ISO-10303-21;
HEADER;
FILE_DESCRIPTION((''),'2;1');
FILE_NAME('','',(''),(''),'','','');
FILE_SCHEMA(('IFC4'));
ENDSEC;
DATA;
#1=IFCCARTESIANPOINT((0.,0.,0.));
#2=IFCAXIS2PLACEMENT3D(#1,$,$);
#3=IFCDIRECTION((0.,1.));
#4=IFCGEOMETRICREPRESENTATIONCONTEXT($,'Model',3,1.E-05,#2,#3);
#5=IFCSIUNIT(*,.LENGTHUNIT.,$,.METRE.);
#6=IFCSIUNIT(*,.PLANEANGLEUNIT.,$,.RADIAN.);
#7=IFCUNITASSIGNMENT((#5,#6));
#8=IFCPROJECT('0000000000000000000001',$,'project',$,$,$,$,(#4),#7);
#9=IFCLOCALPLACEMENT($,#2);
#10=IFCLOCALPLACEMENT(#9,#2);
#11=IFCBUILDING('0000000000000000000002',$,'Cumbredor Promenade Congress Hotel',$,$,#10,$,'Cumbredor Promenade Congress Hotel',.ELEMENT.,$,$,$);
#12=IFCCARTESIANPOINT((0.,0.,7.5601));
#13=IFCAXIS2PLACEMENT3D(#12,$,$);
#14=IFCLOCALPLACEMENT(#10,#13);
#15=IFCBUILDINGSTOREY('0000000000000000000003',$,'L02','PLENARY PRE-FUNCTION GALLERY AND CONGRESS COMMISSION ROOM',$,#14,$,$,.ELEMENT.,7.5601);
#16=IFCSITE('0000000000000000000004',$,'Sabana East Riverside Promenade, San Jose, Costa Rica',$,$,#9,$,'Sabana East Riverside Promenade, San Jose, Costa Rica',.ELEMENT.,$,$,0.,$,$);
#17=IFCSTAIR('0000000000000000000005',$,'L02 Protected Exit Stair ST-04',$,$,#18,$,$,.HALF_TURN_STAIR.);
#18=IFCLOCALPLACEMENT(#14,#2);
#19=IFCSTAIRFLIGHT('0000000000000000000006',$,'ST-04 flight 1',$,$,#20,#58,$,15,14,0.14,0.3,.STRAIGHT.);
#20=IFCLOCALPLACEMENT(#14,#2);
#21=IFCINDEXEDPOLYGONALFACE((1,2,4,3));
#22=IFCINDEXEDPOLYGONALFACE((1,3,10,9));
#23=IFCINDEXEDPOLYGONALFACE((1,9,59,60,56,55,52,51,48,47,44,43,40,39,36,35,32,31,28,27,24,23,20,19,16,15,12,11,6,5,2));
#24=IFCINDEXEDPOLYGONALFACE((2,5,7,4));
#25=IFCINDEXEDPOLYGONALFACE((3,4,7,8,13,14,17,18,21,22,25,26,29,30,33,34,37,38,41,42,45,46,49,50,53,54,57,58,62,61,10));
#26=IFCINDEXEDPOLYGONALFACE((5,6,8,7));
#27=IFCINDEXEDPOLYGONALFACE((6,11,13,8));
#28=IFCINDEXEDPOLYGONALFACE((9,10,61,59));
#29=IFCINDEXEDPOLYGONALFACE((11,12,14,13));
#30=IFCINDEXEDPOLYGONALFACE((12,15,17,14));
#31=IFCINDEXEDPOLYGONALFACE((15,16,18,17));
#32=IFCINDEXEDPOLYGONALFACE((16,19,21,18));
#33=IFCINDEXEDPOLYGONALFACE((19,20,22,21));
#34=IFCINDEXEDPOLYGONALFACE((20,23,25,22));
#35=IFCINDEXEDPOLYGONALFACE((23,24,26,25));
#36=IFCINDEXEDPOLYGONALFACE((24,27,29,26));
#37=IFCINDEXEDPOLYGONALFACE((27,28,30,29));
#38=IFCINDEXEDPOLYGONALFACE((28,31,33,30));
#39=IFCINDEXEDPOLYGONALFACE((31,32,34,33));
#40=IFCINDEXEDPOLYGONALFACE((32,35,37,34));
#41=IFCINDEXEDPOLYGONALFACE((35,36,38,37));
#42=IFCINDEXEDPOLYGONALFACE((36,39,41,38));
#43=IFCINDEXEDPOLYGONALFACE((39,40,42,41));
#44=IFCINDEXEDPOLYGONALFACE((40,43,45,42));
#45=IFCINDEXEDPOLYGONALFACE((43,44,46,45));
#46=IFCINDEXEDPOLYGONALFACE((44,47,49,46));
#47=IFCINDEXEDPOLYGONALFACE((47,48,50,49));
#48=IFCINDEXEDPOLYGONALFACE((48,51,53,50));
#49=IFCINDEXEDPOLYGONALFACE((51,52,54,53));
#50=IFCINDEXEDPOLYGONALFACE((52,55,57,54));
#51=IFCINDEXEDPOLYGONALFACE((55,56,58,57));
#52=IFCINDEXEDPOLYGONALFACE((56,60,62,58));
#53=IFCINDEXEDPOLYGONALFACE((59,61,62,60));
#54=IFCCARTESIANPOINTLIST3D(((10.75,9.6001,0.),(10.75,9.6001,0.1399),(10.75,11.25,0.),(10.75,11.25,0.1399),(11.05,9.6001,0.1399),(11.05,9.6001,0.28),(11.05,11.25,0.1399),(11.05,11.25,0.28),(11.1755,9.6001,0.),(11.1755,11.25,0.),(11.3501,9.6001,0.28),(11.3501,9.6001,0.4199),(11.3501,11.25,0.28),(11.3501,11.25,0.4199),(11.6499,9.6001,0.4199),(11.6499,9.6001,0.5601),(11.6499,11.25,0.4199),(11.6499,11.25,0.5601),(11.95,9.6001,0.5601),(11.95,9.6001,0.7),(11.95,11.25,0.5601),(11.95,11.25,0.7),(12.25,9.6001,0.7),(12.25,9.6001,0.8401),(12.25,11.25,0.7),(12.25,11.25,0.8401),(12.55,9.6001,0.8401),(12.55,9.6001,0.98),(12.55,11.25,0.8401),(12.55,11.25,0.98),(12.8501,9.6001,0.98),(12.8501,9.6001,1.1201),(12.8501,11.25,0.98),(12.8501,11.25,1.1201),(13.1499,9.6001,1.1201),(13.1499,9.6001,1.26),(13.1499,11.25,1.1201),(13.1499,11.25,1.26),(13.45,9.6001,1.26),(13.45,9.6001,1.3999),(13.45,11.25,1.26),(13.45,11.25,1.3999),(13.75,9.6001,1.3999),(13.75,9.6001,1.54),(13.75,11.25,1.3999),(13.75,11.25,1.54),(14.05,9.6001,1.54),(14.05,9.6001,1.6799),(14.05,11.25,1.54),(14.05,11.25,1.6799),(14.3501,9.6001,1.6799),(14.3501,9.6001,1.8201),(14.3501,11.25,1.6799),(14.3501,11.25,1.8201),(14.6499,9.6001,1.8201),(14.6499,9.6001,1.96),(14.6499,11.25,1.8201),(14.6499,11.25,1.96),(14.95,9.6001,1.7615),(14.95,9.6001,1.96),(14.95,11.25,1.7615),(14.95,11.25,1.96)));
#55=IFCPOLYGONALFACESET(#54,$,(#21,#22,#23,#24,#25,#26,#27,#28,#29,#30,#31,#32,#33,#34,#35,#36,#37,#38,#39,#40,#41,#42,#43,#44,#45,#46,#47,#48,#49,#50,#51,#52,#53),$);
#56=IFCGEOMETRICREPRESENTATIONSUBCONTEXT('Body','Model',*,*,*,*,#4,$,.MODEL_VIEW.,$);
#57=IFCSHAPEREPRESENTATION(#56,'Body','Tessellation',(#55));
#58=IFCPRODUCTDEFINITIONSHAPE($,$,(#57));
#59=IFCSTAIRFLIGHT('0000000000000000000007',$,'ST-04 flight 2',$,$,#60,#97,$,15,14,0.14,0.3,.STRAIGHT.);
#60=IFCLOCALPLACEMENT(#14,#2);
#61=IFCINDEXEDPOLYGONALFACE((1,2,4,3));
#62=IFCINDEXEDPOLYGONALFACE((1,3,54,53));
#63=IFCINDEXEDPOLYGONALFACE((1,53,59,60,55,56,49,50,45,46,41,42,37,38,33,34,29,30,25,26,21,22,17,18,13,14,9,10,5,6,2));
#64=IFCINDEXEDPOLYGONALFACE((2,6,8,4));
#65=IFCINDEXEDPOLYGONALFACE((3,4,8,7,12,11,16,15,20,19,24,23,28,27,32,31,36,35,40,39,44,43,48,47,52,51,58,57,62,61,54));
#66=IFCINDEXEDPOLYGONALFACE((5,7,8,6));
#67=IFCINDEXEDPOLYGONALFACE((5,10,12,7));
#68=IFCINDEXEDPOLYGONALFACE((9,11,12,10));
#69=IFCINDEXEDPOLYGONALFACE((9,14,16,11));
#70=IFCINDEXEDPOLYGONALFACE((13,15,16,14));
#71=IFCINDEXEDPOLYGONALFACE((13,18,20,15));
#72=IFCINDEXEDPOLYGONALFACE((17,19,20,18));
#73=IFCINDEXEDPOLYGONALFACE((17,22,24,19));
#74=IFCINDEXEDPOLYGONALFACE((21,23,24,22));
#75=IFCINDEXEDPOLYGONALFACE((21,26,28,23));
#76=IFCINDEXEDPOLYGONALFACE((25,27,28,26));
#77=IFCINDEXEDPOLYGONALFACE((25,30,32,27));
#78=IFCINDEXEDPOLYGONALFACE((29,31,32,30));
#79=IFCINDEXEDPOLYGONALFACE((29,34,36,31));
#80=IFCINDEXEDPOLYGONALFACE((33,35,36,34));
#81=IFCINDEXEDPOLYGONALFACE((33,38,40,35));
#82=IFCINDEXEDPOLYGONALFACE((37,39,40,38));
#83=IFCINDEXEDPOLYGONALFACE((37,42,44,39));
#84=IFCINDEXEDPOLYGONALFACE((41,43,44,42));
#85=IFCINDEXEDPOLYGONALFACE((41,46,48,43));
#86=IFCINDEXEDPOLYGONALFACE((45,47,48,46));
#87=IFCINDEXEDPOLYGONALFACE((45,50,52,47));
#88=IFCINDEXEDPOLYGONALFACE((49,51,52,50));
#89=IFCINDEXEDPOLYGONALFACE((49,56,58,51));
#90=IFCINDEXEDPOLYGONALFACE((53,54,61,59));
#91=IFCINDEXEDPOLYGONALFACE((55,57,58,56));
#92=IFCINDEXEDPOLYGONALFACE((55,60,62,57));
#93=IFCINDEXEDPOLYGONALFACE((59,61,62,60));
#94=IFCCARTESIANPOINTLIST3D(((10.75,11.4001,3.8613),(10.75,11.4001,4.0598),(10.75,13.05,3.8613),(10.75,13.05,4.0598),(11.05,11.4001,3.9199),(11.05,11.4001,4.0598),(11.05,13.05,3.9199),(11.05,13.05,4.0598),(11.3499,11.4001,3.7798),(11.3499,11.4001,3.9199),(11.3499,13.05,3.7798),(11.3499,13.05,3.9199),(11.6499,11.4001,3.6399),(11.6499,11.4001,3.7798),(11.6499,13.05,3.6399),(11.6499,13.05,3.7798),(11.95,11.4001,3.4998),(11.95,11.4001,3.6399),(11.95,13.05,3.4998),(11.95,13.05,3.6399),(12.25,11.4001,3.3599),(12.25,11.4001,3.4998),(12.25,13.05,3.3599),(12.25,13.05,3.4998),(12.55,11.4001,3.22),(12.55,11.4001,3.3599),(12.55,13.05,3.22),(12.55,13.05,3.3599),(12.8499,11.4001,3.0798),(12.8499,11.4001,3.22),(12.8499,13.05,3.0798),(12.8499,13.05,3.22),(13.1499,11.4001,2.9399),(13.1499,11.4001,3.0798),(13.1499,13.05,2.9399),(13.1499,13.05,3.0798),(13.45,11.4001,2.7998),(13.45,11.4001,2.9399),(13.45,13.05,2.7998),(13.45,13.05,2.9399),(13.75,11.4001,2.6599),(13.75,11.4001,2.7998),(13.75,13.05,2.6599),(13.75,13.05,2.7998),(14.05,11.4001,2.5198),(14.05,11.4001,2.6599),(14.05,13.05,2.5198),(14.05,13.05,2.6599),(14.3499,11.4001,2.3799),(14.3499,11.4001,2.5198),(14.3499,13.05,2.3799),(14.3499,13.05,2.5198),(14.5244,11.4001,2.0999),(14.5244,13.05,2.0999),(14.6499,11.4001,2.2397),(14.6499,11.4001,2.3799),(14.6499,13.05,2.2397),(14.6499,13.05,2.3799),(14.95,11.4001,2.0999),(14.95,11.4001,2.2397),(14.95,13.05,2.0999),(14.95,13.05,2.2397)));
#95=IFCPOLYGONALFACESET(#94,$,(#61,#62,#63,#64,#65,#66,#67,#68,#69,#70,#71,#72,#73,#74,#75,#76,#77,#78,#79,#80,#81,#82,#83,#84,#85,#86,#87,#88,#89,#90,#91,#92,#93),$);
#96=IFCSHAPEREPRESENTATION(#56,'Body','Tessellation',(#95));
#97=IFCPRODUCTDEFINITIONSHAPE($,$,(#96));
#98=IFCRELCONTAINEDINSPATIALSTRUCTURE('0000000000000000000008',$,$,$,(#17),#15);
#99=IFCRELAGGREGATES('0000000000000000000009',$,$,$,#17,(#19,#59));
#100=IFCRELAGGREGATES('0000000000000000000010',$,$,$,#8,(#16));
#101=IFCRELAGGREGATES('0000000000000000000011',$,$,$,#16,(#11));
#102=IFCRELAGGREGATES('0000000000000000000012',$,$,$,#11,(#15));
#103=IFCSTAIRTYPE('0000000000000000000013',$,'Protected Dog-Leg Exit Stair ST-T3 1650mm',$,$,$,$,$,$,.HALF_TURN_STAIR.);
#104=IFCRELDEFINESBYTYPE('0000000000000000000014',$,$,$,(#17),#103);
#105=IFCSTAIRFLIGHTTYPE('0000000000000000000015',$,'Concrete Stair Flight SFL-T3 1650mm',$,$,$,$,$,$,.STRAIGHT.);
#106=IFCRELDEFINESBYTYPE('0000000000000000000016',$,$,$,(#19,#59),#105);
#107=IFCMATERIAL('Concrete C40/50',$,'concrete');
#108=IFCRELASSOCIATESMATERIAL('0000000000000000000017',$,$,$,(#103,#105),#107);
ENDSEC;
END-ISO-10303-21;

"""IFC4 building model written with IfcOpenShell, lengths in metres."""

from ifc_helpers import new_model, si_unit, direction, frame, origin, place, context, subcontext, project, spatial, polyline, outline, extrude, material, type_object, element, aggregate, save


model = new_model("IFC4")

# Units and contexts
model_context = context("Model", 3, precision=1e-05, world=origin(), true_north=direction((0.0, 1.0)))
body_context = subcontext(model_context, "Body", "Model", "MODEL_VIEW")
ifc_project = project(units=[si_unit("LENGTHUNIT", "METRE"), si_unit("PLANEANGLEUNIT", "RADIAN")], contexts=[model_context])

# Site, building, storey
site_placement = place(None, origin())
site = spatial("IfcSite", under=ifc_project, at=site_placement, Name="Sabana East Riverside Promenade, San Jose, Costa Rica", LongName="Sabana East Riverside Promenade, San Jose, Costa Rica", CompositionType="ELEMENT", RefElevation=0.0)
building_placement = place(site_placement, origin())
building = spatial("IfcBuilding", under=site, at=building_placement, Name="Cumbredor Promenade Congress Hotel", LongName="Cumbredor Promenade Congress Hotel", CompositionType="ELEMENT")
storey_placement = place(building_placement, frame((0.0, 0.0, 7.5601)))
storey = spatial("IfcBuildingStorey", under=building, at=storey_placement, Name="L02", Description="PLENARY PRE-FUNCTION GALLERY AND CONGRESS COMMISSION ROOM", CompositionType="ELEMENT", Elevation=7.5601)

# Shared definitions
ifc_material_1 = material(Name="Concrete C40/50", Category="concrete")

# Stair, stair flights
stair_type = type_object("IfcStairType", Name="Protected Dog-Leg Exit Stair ST-T3 1650mm", PredefinedType="HALF_TURN_STAIR", material=ifc_material_1)
stair_placement = place(storey_placement, origin())
stair = element("IfcStair", 1, at=stair_placement, inside=storey, type_object=stair_type, Name="L02 Protected Exit Stair ST-04", PredefinedType="HALF_TURN_STAIR")
stair_flight_type = type_object("IfcStairFlightType", Name="Concrete Stair Flight SFL-T3 1650mm", PredefinedType="STRAIGHT", material=ifc_material_1)
stair_flight_1_placement = place(storey_placement, frame((10.75, 10.425, 0.0), z_axis=(0.0, 0.0, 1.0), x_axis=(1.0, 0.0, 0.0)))
stair_flight_1 = element("IfcStairFlight", 2, at=stair_flight_1_placement, type_object=stair_flight_type, Name="ST-04 flight 1", NumberOfRisers=15, NumberOfTreads=14, PredefinedType="STRAIGHT", RiserHeight=0.14, TreadLength=0.3, context=body_context, shape_type="SweptSolid", body=[
    extrude(outline(polyline([(0.0, 0.0), (0.0, 0.1399), (0.3, 0.1399), (0.3, 0.28), (0.6001, 0.28), (0.6001, 0.4199), (0.8999, 0.4199), (0.8999, 0.5601), (1.2, 0.5601), (1.2, 0.7), (1.5, 0.7), (1.5, 0.8401), (1.8, 0.8401), (1.8, 0.98), (2.1001, 0.98), (2.1001, 1.1201), (2.3999, 1.1201), (2.3999, 1.26), (2.7, 1.26), (2.7, 1.3999), (3.0, 1.3999), (3.0, 1.54), (3.3, 1.54), (3.3, 1.6799), (3.6001, 1.6799), (3.6001, 1.8201), (3.8999, 1.8201), (3.8999, 1.96), (4.2, 1.96), (4.2, 2.1001), (4.2, 1.7615), (0.4255, 0.0), (0.0, 0.0)])), frame((0.0, 0.825, 0.0), z_axis=(0.0, -1.0, 0.0), x_axis=(1.0, 0.0, 0.0)), (0.0, 0.0, 1.0), 1.6499),
])
stair_flight_2_placement = place(storey_placement, frame((14.95, 12.2251, 2.0999), z_axis=(0.0, 0.0, 1.0), x_axis=(-1.0, 0.0, 0.0)))
stair_flight_2 = element("IfcStairFlight", 3, at=stair_flight_2_placement, type_object=stair_flight_type, Name="ST-04 flight 2", NumberOfRisers=15, NumberOfTreads=14, PredefinedType="STRAIGHT", RiserHeight=0.14, TreadLength=0.3, context=body_context, shape_type="SweptSolid", body=[
    extrude(outline(polyline([(0.0, 0.0), (0.0, 0.1399), (0.3, 0.1399), (0.3, 0.28), (0.6001, 0.28), (0.6001, 0.4199), (0.8999, 0.4199), (0.8999, 0.5601), (1.2, 0.5601), (1.2, 0.7), (1.5, 0.7), (1.5, 0.8401), (1.8, 0.8401), (1.8, 0.98), (2.1001, 0.98), (2.1001, 1.1201), (2.3999, 1.1201), (2.3999, 1.26), (2.7, 1.26), (2.7, 1.3999), (3.0, 1.3999), (3.0, 1.54), (3.3, 1.54), (3.3, 1.6799), (3.6001, 1.6799), (3.6001, 1.8201), (3.8999, 1.8201), (3.8999, 1.96), (4.2, 1.96), (4.2, 2.1001), (4.2, 1.7615), (0.4255, 0.0), (0.0, 0.0)])), frame((0.0, 0.825, 0.0), z_axis=(0.0, -1.0, 0.0), x_axis=(1.0, 0.0, 0.0)), (0.0, 0.0, 1.0), 1.6499),
])
aggregate(stair, [stair_flight_1, stair_flight_2])

save(model, "model.ifc")
